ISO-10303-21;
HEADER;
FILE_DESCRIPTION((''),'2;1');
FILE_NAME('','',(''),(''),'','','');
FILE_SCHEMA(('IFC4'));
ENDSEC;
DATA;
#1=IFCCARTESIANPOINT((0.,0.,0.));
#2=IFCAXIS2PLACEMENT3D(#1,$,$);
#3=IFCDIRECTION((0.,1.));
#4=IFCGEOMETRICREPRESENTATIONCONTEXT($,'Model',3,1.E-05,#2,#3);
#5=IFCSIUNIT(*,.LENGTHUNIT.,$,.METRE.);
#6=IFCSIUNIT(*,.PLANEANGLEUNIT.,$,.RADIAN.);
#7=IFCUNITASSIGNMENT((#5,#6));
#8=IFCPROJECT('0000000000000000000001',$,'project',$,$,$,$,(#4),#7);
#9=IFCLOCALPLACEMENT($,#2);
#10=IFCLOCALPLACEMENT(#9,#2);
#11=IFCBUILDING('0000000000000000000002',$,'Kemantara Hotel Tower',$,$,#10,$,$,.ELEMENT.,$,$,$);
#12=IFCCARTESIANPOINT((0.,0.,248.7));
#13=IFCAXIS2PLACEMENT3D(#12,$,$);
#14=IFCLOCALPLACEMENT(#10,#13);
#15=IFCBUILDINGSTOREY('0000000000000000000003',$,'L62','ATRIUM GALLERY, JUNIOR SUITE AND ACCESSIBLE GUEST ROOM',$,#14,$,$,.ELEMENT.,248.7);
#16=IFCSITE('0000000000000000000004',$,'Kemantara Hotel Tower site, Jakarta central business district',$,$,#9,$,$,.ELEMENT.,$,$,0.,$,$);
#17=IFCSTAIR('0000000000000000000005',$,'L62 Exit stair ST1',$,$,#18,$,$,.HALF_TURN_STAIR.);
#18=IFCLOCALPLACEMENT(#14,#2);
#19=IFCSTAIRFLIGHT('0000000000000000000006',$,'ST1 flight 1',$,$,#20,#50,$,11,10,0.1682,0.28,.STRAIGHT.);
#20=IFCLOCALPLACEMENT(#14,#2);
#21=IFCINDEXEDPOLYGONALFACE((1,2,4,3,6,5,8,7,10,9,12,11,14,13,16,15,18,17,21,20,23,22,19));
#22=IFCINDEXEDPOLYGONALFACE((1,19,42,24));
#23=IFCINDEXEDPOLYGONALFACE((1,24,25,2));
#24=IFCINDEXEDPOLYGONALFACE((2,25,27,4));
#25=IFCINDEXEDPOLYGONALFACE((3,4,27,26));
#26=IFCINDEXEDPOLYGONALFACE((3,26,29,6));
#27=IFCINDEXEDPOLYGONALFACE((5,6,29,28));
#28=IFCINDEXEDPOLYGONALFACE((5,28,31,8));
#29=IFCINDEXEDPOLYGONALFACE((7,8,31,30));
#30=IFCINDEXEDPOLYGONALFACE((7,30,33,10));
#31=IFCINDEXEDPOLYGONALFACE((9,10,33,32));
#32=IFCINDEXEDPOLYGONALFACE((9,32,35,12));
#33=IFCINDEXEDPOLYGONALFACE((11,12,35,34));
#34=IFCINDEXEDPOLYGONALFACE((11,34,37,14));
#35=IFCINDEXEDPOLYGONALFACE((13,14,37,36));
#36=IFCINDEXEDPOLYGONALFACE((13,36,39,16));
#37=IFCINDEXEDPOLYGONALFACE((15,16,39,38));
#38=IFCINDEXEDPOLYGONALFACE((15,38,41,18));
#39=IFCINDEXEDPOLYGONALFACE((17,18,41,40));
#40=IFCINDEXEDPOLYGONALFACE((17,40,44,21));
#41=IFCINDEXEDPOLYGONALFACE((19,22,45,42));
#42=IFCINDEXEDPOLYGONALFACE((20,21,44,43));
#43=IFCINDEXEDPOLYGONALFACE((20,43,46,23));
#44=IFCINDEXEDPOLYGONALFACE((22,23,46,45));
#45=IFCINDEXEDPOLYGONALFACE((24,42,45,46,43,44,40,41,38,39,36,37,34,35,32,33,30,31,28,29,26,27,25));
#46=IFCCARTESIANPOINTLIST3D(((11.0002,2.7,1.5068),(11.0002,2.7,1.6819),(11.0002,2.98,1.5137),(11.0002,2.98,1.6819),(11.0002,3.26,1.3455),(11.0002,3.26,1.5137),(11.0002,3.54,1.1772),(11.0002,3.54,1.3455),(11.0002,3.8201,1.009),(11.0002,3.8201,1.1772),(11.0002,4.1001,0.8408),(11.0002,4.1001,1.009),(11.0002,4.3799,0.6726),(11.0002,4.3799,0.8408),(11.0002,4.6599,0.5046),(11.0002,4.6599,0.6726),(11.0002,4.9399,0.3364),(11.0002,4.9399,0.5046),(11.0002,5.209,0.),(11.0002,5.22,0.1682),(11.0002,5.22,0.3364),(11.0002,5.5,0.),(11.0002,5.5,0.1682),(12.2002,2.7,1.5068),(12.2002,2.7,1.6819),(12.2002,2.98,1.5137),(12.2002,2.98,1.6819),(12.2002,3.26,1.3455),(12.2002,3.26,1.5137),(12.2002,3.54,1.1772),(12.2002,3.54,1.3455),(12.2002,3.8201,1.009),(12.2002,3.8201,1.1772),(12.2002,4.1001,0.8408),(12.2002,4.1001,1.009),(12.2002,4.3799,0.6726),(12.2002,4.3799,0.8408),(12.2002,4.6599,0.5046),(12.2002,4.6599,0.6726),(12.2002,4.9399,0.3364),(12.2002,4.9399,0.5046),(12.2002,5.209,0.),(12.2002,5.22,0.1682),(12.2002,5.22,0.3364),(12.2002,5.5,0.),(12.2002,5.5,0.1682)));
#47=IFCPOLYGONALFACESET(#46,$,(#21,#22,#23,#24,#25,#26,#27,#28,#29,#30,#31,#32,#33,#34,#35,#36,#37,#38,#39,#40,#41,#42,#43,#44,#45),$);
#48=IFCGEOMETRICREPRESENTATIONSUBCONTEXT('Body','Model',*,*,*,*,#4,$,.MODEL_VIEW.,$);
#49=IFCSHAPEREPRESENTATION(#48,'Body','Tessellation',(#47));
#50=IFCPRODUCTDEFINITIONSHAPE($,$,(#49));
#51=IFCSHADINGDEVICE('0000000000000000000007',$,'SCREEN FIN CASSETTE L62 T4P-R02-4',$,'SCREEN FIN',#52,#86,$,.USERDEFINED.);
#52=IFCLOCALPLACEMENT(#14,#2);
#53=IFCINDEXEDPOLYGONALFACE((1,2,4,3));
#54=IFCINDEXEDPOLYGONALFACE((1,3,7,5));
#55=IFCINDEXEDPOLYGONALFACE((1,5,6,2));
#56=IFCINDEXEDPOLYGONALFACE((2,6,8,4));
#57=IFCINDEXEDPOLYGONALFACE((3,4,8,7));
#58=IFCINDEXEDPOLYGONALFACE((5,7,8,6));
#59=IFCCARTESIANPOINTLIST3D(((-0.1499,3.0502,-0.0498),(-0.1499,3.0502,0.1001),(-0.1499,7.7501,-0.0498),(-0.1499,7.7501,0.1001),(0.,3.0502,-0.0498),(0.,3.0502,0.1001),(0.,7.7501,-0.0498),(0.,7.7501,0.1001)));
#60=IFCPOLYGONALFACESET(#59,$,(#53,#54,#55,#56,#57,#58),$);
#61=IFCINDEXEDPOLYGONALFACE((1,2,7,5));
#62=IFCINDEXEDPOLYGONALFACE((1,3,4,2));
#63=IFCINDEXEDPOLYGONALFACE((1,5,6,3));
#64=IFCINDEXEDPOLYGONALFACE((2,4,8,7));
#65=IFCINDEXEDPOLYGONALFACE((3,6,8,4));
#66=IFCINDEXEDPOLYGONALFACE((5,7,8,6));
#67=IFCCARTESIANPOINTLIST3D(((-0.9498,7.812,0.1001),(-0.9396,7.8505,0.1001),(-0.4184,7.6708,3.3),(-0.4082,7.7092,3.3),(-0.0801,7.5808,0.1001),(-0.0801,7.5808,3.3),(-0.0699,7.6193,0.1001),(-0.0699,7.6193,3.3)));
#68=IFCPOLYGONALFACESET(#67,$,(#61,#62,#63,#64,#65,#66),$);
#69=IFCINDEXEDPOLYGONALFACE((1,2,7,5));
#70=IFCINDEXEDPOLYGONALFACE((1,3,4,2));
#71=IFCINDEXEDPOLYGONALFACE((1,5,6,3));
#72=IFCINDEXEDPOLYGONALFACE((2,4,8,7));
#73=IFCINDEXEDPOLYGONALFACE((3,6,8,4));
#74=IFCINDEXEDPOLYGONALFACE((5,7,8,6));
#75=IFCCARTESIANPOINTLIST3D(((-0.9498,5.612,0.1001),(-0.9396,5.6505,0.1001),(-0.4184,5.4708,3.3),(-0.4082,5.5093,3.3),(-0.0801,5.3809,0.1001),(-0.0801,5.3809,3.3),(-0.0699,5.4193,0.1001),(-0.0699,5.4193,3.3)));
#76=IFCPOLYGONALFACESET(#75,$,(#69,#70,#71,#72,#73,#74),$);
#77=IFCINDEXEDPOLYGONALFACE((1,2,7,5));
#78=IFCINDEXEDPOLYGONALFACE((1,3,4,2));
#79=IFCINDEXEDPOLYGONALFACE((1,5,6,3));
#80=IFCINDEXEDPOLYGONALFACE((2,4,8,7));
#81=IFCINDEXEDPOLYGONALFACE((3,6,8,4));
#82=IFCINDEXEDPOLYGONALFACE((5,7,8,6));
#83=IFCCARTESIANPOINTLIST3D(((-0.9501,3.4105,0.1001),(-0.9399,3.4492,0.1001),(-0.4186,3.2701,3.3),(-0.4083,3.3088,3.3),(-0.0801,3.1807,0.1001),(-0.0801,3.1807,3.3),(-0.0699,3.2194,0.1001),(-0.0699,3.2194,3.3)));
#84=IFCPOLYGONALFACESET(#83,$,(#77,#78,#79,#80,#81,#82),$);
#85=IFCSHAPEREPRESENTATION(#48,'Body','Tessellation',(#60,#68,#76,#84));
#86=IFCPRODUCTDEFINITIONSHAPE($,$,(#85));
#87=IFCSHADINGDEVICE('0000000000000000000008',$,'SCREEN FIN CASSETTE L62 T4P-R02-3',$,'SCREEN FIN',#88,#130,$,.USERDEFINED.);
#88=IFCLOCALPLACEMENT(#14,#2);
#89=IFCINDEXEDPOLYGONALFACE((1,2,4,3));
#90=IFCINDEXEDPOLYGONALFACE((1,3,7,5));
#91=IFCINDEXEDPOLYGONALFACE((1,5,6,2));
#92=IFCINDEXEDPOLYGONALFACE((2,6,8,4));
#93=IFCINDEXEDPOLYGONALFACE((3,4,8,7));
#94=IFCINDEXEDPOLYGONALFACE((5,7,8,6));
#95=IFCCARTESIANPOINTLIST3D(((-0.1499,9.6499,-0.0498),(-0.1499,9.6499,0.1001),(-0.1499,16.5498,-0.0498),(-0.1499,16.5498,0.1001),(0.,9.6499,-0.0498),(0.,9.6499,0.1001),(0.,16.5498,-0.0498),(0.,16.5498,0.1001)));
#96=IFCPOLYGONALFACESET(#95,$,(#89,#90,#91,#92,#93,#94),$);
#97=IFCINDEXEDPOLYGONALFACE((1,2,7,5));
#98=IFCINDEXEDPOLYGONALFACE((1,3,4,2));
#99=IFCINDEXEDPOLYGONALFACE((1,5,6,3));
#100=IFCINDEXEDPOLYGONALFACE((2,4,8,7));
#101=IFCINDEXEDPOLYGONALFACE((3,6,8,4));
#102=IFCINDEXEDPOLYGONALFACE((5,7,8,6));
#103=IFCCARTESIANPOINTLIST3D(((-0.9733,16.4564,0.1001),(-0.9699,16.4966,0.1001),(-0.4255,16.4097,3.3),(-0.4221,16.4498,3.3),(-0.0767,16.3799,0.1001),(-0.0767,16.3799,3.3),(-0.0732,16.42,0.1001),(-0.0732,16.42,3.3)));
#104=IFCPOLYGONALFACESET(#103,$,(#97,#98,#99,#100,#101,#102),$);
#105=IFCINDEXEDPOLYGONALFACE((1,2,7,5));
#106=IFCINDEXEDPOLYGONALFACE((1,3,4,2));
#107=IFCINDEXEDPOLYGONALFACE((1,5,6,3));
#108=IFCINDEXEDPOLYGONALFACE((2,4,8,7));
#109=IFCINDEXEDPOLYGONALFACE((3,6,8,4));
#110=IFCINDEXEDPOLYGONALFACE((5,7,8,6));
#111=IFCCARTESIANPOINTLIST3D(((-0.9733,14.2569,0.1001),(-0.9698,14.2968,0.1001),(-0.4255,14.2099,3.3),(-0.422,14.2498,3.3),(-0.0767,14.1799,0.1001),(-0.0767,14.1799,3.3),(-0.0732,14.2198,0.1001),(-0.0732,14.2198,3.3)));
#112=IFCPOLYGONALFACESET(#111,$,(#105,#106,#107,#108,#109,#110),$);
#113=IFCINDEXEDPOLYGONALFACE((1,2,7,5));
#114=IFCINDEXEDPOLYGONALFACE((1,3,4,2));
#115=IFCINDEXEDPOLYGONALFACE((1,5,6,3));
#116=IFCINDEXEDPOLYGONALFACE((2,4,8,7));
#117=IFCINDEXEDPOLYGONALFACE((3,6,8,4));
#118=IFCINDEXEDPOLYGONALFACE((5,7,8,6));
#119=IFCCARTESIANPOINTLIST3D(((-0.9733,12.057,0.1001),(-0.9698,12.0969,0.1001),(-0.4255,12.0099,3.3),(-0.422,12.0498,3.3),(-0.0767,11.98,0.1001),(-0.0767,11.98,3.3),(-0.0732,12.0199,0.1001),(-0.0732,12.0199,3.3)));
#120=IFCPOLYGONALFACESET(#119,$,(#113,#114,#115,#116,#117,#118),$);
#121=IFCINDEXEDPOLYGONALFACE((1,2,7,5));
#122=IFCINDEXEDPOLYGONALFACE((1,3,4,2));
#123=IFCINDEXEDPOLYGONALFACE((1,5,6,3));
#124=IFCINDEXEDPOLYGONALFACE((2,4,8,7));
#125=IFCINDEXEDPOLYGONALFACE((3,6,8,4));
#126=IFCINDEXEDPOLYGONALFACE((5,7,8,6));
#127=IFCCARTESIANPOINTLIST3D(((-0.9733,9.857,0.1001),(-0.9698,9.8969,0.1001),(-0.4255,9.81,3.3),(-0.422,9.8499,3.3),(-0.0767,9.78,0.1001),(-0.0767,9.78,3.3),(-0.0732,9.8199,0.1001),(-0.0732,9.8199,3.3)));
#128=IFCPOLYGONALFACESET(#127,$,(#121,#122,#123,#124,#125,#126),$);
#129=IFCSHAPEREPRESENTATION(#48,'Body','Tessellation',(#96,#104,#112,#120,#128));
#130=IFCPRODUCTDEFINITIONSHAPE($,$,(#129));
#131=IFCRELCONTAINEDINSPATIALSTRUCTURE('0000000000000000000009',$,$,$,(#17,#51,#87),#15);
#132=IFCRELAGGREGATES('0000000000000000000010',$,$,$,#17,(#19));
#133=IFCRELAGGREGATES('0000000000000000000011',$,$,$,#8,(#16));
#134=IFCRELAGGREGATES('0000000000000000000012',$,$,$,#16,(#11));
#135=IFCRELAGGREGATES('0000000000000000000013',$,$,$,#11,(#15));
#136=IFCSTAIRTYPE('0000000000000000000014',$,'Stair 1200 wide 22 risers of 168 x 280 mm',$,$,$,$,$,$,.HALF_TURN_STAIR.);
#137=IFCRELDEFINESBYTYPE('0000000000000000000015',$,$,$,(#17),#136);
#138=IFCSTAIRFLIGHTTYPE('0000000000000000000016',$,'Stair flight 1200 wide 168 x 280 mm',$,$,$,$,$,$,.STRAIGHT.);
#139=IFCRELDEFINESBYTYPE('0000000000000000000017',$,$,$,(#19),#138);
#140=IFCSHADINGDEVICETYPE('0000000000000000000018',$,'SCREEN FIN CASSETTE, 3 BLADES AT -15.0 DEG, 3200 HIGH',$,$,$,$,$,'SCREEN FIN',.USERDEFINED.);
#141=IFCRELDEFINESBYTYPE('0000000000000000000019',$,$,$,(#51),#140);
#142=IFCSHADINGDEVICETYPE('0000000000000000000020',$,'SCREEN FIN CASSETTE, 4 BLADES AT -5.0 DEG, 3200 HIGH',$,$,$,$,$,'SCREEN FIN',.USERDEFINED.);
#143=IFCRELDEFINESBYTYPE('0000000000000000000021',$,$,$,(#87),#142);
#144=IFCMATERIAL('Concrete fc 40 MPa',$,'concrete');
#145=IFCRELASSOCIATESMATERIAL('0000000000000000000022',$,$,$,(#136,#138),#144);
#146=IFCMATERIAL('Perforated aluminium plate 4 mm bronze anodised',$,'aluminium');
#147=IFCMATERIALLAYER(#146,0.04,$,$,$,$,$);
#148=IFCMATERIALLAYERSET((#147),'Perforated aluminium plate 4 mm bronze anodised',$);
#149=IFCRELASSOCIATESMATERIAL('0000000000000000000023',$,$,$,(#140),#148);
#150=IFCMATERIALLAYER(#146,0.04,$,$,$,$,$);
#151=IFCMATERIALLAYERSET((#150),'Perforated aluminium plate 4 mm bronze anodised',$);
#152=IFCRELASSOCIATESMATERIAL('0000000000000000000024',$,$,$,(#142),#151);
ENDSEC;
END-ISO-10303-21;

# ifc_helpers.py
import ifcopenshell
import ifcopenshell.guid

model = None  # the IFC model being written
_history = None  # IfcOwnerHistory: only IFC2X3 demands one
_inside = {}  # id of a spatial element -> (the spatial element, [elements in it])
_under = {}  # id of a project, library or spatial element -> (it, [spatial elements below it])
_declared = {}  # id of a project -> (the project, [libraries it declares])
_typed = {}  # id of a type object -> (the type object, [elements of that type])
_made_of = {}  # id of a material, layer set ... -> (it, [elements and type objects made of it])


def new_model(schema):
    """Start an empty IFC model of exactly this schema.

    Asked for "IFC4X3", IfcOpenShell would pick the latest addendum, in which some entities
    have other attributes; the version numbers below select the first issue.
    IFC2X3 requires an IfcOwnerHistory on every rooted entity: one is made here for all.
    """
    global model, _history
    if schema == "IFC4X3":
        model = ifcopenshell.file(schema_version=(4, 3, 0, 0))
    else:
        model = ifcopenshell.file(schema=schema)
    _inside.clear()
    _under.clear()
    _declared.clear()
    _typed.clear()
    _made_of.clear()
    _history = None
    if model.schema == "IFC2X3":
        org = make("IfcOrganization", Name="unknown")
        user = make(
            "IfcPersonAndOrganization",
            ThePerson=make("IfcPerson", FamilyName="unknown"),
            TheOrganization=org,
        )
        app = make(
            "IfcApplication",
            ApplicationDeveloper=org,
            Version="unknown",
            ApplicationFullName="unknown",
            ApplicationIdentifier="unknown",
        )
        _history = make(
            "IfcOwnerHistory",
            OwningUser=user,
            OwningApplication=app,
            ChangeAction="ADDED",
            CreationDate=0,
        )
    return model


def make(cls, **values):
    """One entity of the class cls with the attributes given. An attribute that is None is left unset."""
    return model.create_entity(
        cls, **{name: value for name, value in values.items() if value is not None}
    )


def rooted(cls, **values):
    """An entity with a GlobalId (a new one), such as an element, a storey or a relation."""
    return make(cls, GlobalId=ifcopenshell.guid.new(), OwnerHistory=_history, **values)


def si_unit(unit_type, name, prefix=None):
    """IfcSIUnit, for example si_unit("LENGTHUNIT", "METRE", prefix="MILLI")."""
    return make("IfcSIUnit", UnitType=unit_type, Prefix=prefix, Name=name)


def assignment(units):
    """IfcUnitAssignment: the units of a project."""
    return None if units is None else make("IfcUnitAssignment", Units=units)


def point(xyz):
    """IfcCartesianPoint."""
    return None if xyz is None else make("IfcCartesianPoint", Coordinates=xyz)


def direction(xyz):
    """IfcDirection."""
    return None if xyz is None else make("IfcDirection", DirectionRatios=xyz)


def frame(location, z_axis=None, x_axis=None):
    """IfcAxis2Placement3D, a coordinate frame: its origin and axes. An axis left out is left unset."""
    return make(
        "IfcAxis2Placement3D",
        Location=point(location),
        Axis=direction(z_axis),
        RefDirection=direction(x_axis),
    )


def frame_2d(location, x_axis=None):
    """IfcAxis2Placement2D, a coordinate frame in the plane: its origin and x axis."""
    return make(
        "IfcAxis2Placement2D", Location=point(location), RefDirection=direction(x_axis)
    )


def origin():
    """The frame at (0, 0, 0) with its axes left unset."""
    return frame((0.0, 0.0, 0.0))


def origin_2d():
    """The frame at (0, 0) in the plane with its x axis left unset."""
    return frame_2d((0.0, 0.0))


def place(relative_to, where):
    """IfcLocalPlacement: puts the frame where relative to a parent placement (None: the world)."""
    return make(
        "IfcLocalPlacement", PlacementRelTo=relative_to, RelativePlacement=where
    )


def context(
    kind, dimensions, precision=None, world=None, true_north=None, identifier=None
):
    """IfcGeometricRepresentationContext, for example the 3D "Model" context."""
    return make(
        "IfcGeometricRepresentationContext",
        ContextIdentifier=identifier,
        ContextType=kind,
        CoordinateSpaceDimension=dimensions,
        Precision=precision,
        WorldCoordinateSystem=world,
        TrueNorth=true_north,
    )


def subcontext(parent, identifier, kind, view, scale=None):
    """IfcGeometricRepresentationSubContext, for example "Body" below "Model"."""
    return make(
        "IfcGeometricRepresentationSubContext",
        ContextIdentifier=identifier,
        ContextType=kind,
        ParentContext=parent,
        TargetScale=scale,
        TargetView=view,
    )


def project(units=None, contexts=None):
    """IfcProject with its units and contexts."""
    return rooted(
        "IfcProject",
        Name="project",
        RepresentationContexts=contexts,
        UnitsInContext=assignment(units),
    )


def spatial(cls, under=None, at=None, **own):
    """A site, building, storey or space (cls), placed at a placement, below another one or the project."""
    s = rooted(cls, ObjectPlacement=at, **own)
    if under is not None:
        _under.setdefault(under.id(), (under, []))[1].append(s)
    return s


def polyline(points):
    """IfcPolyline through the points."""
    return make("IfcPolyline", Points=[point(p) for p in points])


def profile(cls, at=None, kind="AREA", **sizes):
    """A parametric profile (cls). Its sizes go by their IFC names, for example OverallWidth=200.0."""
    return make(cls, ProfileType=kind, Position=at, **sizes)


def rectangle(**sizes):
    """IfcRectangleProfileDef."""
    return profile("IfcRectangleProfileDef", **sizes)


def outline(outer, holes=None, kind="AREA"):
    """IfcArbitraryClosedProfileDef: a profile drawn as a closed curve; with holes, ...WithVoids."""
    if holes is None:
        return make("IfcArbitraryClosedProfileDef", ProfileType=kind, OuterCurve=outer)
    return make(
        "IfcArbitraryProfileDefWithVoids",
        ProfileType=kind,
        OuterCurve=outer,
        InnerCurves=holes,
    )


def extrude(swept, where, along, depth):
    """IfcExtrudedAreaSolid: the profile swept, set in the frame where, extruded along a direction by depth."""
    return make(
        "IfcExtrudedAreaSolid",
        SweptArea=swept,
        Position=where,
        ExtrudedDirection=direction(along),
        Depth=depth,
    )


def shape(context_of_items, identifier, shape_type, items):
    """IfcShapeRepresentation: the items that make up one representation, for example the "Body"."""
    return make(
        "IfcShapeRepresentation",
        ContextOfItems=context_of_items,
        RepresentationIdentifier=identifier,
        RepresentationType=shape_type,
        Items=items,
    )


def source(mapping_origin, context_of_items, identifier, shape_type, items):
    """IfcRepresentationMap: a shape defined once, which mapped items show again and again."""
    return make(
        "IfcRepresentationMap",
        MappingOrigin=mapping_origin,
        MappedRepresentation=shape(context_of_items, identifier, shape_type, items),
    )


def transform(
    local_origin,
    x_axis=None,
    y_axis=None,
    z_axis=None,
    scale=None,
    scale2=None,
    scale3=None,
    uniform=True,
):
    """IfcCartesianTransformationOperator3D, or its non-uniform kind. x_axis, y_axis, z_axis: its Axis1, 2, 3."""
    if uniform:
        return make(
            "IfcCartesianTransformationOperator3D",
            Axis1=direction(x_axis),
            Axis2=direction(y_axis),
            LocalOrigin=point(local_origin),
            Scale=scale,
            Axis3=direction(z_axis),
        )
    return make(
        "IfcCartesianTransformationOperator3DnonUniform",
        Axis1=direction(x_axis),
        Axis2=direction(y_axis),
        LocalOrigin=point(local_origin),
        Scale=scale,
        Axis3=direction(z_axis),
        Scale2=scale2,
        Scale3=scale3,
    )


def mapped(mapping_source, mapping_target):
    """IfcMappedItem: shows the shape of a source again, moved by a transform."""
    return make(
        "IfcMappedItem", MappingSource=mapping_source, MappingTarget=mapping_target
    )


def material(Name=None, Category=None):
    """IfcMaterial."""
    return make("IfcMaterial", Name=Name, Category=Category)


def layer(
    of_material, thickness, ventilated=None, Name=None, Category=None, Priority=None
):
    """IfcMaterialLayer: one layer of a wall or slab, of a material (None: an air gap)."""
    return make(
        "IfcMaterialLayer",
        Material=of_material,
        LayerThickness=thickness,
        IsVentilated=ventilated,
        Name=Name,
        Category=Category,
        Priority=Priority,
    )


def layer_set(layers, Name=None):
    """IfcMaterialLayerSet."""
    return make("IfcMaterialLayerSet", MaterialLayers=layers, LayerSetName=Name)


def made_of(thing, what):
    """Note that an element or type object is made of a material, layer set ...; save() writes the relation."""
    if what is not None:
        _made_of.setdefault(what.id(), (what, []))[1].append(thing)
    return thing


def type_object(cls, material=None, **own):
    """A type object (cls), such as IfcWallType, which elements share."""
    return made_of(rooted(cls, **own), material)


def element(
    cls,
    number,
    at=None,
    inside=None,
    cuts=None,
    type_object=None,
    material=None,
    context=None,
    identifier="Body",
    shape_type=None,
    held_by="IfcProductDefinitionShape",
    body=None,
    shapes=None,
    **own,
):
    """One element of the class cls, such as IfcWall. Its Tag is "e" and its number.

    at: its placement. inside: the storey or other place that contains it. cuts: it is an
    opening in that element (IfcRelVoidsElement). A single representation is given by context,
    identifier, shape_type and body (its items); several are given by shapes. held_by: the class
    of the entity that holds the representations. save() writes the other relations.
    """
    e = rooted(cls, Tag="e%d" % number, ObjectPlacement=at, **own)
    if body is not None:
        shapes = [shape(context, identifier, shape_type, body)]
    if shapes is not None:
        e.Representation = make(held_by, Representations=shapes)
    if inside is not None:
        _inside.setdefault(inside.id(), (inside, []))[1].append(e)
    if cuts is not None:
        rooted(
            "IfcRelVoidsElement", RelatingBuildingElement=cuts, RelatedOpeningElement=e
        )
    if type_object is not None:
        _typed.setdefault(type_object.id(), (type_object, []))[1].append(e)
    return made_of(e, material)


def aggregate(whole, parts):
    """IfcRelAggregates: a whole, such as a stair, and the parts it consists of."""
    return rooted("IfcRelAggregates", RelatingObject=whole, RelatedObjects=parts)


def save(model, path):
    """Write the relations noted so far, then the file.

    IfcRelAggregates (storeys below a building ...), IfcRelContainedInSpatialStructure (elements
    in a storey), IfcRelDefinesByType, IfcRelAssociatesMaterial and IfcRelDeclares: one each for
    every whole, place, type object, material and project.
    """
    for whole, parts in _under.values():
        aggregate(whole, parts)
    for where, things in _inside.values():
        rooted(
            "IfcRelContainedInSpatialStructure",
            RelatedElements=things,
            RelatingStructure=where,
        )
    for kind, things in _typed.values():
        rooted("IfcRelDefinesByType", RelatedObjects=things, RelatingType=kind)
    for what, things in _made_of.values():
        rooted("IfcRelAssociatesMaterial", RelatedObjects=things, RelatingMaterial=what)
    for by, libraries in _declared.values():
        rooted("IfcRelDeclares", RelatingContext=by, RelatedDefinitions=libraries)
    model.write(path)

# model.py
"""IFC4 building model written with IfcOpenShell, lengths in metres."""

from ifc_helpers import new_model, si_unit, direction, frame, origin, origin_2d, place, context, subcontext, project, spatial, polyline, rectangle, outline, extrude, source, transform, mapped, material, layer, layer_set, type_object, element, aggregate, save


model = new_model("IFC4")

# Units and contexts
model_context = context("Model", 3, precision=1e-05, world=origin(), true_north=direction((0.0, 1.0)))
body_context = subcontext(model_context, "Body", "Model", "MODEL_VIEW")
ifc_project = project(units=[si_unit("LENGTHUNIT", "METRE"), si_unit("PLANEANGLEUNIT", "RADIAN")], contexts=[model_context])

# Site, building, storey
site_placement = place(None, origin())
site = spatial("IfcSite", under=ifc_project, at=site_placement, Name="Kemantara Hotel Tower site, Jakarta central business district", CompositionType="ELEMENT", RefElevation=0.0)
building_placement = place(site_placement, origin())
building = spatial("IfcBuilding", under=site, at=building_placement, Name="Kemantara Hotel Tower", CompositionType="ELEMENT")
storey_placement = place(building_placement, frame((0.0, 0.0, 248.7)))
storey = spatial("IfcBuildingStorey", under=building, at=storey_placement, Name="L62", Description="ATRIUM GALLERY, JUNIOR SUITE AND ACCESSIBLE GUEST ROOM", CompositionType="ELEMENT", Elevation=248.7)

# Stair, stair flight
ifc_material_1 = material(Name="Concrete fc 40 MPa", Category="concrete")
stair_type = type_object("IfcStairType", Name="Stair 1200 wide 22 risers of 168 x 280 mm", PredefinedType="HALF_TURN_STAIR", material=ifc_material_1)
stair_placement = place(storey_placement, origin())
stair = element("IfcStair", 1, at=stair_placement, inside=storey, type_object=stair_type, Name="L62 Exit stair ST1", PredefinedType="HALF_TURN_STAIR")
stair_flight_type = type_object("IfcStairFlightType", Name="Stair flight 1200 wide 168 x 280 mm", PredefinedType="STRAIGHT", material=ifc_material_1)
stair_flight_placement = place(storey_placement, frame((11.6001, 5.5, 0.0), z_axis=(0.0, 0.0, 1.0), x_axis=(0.0, -1.0, 0.0)))
stair_flight = element("IfcStairFlight", 2, at=stair_flight_placement, type_object=stair_flight_type, Name="ST1 flight 1", NumberOfRisers=11, NumberOfTreads=10, PredefinedType="STRAIGHT", RiserHeight=0.1682, TreadLength=0.28, context=body_context, shape_type="SweptSolid", body=[
    extrude(outline(polyline([(0.0, 0.0), (0.0, 0.1682), (0.28, 0.1682), (0.28, 0.3364), (0.5601, 0.3364), (0.5601, 0.5046), (0.8401, 0.5046), (0.8401, 0.6726), (1.1201, 0.6726), (1.1201, 0.8408), (1.3999, 0.8408), (1.3999, 1.009), (1.6799, 1.009), (1.6799, 1.1772), (1.96, 1.1772), (1.96, 1.3455), (2.24, 1.3455), (2.24, 1.5137), (2.52, 1.5137), (2.52, 1.6819), (2.8, 1.6819), (2.8, 1.8501), (2.8, 1.5068), (0.291, 0.0), (0.0, 0.0)])), frame((0.0, 0.6001, 0.0), z_axis=(0.0, -1.0, 0.0), x_axis=(1.0, 0.0, 0.0)), (0.0, 0.0, 1.0), 1.2),
])
aggregate(stair, [stair_flight])

# Shading devices
ifc_material_2 = material(Name="Perforated aluminium plate 4 mm bronze anodised", Category="aluminium")
ifc_layer_1 = layer(ifc_material_2, 0.04)
ifc_layer_set_1 = layer_set([ifc_layer_1], Name="Perforated aluminium plate 4 mm bronze anodised")
shading_device_type_1 = type_object("IfcShadingDeviceType", Name="SCREEN FIN CASSETTE, 3 BLADES AT -15.0 DEG, 3200 HIGH", ElementType="SCREEN FIN", PredefinedType="USERDEFINED", material=ifc_layer_set_1)
shared_shape_1 = source(origin(), body_context, "Body", "SweptSolid", [
    extrude(rectangle(XDim=4.7, YDim=0.1499, at=origin_2d()), frame((2.2, -0.075, -0.1499), z_axis=(0.0, 0.0, 1.0), x_axis=(1.0, 0.0, 0.0)), (0.0, 0.0, 1.0), 0.1499),
    extrude(outline(polyline([(0.0, 0.0), (0.8999, 0.0), (0.3501, 3.2), (0.0, 3.2), (0.0, 0.0)])), frame((0.0193, -0.0801, 0.0), z_axis=(-0.966438, 0.256901, 0.0), x_axis=(-0.256901, -0.966438, 0.0)), (0.0, 0.0, 1.0), 0.0398),
    extrude(outline(polyline([(0.0, 0.0), (0.8999, 0.0), (0.3501, 3.2), (0.0, 3.2), (0.0, 0.0)])), frame((2.2192, -0.0801, 0.0), z_axis=(-0.966438, 0.256901, 0.0), x_axis=(-0.256901, -0.966438, 0.0)), (0.0, 0.0, 1.0), 0.0398),
    extrude(outline(polyline([(0.0, 0.0), (0.8999, 0.0), (0.3501, 3.2), (0.0, 3.2), (0.0, 0.0)])), frame((4.4194, -0.0801, 0.0), z_axis=(-0.966838, 0.255391, 0.0), x_axis=(-0.255391, -0.966838, 0.0)), (0.0, 0.0, 1.0), 0.04),
])
shading_device_1_placement = place(storey_placement, frame((0.0, 7.6001, 0.1001), z_axis=(0.0, 0.0, 1.0), x_axis=(0.0, -1.0, 0.0)))
element("IfcShadingDevice", 3, at=shading_device_1_placement, inside=storey, type_object=shading_device_type_1, Name="SCREEN FIN CASSETTE L62 T4P-R02-4", ObjectType="SCREEN FIN", PredefinedType="USERDEFINED", context=body_context, shape_type="MappedRepresentation", body=[
    mapped(shared_shape_1, transform((0.0, 0.0, 0.0))),
])
ifc_layer_2 = layer(ifc_material_2, 0.04)
ifc_layer_set_2 = layer_set([ifc_layer_2], Name="Perforated aluminium plate 4 mm bronze anodised")
shading_device_type_2 = type_object("IfcShadingDeviceType", Name="SCREEN FIN CASSETTE, 4 BLADES AT -5.0 DEG, 3200 HIGH", ElementType="SCREEN FIN", PredefinedType="USERDEFINED", material=ifc_layer_set_2)
shared_shape_2 = source(origin(), body_context, "Body", "SweptSolid", [
    extrude(rectangle(XDim=6.8999, YDim=0.1499, at=origin_2d()), frame((3.3, -0.075, -0.1499), z_axis=(0.0, 0.0, 1.0), x_axis=(1.0, 0.0, 0.0)), (0.0, 0.0, 1.0), 0.1499),
    extrude(outline(polyline([(0.0, 0.0), (0.8999, 0.0), (0.3501, 3.2), (0.0, 3.2), (0.0, 0.0)])), frame((0.02, -0.0767, 0.0), z_axis=(-0.996376, 0.085056, 0.0), x_axis=(-0.085056, -0.996376, 0.0)), (0.0, 0.0, 1.0), 0.0403),
    extrude(outline(polyline([(0.0, 0.0), (0.8999, 0.0), (0.3501, 3.2), (0.0, 3.2), (0.0, 0.0)])), frame((2.22, -0.0767, 0.0), z_axis=(-0.996332, 0.085575, 0.0), x_axis=(-0.085575, -0.996332, 0.0)), (0.0, 0.0, 1.0), 0.04),
    extrude(outline(polyline([(0.0, 0.0), (0.8999, 0.0), (0.3501, 3.2), (0.0, 3.2), (0.0, 0.0)])), frame((4.4199, -0.0767, 0.0), z_axis=(-0.996332, 0.085575, 0.0), x_axis=(-0.085575, -0.996332, 0.0)), (0.0, 0.0, 1.0), 0.04),
    extrude(outline(polyline([(0.0, 0.0), (0.8999, 0.0), (0.3501, 3.2), (0.0, 3.2), (0.0, 0.0)])), frame((6.6199, -0.0767, 0.0), z_axis=(-0.996332, 0.085575, 0.0), x_axis=(-0.085575, -0.996332, 0.0)), (0.0, 0.0, 1.0), 0.04),
])
shading_device_2_placement = place(storey_placement, frame((0.0, 16.3999, 0.1001), z_axis=(0.0, 0.0, 1.0), x_axis=(0.0, -1.0, 0.0)))
element("IfcShadingDevice", 4, at=shading_device_2_placement, inside=storey, type_object=shading_device_type_2, Name="SCREEN FIN CASSETTE L62 T4P-R02-3", ObjectType="SCREEN FIN", PredefinedType="USERDEFINED", context=body_context, shape_type="MappedRepresentation", body=[
    mapped(shared_shape_2, transform((0.0, 0.0, 0.0))),
])

save(model, "model.ifc")
